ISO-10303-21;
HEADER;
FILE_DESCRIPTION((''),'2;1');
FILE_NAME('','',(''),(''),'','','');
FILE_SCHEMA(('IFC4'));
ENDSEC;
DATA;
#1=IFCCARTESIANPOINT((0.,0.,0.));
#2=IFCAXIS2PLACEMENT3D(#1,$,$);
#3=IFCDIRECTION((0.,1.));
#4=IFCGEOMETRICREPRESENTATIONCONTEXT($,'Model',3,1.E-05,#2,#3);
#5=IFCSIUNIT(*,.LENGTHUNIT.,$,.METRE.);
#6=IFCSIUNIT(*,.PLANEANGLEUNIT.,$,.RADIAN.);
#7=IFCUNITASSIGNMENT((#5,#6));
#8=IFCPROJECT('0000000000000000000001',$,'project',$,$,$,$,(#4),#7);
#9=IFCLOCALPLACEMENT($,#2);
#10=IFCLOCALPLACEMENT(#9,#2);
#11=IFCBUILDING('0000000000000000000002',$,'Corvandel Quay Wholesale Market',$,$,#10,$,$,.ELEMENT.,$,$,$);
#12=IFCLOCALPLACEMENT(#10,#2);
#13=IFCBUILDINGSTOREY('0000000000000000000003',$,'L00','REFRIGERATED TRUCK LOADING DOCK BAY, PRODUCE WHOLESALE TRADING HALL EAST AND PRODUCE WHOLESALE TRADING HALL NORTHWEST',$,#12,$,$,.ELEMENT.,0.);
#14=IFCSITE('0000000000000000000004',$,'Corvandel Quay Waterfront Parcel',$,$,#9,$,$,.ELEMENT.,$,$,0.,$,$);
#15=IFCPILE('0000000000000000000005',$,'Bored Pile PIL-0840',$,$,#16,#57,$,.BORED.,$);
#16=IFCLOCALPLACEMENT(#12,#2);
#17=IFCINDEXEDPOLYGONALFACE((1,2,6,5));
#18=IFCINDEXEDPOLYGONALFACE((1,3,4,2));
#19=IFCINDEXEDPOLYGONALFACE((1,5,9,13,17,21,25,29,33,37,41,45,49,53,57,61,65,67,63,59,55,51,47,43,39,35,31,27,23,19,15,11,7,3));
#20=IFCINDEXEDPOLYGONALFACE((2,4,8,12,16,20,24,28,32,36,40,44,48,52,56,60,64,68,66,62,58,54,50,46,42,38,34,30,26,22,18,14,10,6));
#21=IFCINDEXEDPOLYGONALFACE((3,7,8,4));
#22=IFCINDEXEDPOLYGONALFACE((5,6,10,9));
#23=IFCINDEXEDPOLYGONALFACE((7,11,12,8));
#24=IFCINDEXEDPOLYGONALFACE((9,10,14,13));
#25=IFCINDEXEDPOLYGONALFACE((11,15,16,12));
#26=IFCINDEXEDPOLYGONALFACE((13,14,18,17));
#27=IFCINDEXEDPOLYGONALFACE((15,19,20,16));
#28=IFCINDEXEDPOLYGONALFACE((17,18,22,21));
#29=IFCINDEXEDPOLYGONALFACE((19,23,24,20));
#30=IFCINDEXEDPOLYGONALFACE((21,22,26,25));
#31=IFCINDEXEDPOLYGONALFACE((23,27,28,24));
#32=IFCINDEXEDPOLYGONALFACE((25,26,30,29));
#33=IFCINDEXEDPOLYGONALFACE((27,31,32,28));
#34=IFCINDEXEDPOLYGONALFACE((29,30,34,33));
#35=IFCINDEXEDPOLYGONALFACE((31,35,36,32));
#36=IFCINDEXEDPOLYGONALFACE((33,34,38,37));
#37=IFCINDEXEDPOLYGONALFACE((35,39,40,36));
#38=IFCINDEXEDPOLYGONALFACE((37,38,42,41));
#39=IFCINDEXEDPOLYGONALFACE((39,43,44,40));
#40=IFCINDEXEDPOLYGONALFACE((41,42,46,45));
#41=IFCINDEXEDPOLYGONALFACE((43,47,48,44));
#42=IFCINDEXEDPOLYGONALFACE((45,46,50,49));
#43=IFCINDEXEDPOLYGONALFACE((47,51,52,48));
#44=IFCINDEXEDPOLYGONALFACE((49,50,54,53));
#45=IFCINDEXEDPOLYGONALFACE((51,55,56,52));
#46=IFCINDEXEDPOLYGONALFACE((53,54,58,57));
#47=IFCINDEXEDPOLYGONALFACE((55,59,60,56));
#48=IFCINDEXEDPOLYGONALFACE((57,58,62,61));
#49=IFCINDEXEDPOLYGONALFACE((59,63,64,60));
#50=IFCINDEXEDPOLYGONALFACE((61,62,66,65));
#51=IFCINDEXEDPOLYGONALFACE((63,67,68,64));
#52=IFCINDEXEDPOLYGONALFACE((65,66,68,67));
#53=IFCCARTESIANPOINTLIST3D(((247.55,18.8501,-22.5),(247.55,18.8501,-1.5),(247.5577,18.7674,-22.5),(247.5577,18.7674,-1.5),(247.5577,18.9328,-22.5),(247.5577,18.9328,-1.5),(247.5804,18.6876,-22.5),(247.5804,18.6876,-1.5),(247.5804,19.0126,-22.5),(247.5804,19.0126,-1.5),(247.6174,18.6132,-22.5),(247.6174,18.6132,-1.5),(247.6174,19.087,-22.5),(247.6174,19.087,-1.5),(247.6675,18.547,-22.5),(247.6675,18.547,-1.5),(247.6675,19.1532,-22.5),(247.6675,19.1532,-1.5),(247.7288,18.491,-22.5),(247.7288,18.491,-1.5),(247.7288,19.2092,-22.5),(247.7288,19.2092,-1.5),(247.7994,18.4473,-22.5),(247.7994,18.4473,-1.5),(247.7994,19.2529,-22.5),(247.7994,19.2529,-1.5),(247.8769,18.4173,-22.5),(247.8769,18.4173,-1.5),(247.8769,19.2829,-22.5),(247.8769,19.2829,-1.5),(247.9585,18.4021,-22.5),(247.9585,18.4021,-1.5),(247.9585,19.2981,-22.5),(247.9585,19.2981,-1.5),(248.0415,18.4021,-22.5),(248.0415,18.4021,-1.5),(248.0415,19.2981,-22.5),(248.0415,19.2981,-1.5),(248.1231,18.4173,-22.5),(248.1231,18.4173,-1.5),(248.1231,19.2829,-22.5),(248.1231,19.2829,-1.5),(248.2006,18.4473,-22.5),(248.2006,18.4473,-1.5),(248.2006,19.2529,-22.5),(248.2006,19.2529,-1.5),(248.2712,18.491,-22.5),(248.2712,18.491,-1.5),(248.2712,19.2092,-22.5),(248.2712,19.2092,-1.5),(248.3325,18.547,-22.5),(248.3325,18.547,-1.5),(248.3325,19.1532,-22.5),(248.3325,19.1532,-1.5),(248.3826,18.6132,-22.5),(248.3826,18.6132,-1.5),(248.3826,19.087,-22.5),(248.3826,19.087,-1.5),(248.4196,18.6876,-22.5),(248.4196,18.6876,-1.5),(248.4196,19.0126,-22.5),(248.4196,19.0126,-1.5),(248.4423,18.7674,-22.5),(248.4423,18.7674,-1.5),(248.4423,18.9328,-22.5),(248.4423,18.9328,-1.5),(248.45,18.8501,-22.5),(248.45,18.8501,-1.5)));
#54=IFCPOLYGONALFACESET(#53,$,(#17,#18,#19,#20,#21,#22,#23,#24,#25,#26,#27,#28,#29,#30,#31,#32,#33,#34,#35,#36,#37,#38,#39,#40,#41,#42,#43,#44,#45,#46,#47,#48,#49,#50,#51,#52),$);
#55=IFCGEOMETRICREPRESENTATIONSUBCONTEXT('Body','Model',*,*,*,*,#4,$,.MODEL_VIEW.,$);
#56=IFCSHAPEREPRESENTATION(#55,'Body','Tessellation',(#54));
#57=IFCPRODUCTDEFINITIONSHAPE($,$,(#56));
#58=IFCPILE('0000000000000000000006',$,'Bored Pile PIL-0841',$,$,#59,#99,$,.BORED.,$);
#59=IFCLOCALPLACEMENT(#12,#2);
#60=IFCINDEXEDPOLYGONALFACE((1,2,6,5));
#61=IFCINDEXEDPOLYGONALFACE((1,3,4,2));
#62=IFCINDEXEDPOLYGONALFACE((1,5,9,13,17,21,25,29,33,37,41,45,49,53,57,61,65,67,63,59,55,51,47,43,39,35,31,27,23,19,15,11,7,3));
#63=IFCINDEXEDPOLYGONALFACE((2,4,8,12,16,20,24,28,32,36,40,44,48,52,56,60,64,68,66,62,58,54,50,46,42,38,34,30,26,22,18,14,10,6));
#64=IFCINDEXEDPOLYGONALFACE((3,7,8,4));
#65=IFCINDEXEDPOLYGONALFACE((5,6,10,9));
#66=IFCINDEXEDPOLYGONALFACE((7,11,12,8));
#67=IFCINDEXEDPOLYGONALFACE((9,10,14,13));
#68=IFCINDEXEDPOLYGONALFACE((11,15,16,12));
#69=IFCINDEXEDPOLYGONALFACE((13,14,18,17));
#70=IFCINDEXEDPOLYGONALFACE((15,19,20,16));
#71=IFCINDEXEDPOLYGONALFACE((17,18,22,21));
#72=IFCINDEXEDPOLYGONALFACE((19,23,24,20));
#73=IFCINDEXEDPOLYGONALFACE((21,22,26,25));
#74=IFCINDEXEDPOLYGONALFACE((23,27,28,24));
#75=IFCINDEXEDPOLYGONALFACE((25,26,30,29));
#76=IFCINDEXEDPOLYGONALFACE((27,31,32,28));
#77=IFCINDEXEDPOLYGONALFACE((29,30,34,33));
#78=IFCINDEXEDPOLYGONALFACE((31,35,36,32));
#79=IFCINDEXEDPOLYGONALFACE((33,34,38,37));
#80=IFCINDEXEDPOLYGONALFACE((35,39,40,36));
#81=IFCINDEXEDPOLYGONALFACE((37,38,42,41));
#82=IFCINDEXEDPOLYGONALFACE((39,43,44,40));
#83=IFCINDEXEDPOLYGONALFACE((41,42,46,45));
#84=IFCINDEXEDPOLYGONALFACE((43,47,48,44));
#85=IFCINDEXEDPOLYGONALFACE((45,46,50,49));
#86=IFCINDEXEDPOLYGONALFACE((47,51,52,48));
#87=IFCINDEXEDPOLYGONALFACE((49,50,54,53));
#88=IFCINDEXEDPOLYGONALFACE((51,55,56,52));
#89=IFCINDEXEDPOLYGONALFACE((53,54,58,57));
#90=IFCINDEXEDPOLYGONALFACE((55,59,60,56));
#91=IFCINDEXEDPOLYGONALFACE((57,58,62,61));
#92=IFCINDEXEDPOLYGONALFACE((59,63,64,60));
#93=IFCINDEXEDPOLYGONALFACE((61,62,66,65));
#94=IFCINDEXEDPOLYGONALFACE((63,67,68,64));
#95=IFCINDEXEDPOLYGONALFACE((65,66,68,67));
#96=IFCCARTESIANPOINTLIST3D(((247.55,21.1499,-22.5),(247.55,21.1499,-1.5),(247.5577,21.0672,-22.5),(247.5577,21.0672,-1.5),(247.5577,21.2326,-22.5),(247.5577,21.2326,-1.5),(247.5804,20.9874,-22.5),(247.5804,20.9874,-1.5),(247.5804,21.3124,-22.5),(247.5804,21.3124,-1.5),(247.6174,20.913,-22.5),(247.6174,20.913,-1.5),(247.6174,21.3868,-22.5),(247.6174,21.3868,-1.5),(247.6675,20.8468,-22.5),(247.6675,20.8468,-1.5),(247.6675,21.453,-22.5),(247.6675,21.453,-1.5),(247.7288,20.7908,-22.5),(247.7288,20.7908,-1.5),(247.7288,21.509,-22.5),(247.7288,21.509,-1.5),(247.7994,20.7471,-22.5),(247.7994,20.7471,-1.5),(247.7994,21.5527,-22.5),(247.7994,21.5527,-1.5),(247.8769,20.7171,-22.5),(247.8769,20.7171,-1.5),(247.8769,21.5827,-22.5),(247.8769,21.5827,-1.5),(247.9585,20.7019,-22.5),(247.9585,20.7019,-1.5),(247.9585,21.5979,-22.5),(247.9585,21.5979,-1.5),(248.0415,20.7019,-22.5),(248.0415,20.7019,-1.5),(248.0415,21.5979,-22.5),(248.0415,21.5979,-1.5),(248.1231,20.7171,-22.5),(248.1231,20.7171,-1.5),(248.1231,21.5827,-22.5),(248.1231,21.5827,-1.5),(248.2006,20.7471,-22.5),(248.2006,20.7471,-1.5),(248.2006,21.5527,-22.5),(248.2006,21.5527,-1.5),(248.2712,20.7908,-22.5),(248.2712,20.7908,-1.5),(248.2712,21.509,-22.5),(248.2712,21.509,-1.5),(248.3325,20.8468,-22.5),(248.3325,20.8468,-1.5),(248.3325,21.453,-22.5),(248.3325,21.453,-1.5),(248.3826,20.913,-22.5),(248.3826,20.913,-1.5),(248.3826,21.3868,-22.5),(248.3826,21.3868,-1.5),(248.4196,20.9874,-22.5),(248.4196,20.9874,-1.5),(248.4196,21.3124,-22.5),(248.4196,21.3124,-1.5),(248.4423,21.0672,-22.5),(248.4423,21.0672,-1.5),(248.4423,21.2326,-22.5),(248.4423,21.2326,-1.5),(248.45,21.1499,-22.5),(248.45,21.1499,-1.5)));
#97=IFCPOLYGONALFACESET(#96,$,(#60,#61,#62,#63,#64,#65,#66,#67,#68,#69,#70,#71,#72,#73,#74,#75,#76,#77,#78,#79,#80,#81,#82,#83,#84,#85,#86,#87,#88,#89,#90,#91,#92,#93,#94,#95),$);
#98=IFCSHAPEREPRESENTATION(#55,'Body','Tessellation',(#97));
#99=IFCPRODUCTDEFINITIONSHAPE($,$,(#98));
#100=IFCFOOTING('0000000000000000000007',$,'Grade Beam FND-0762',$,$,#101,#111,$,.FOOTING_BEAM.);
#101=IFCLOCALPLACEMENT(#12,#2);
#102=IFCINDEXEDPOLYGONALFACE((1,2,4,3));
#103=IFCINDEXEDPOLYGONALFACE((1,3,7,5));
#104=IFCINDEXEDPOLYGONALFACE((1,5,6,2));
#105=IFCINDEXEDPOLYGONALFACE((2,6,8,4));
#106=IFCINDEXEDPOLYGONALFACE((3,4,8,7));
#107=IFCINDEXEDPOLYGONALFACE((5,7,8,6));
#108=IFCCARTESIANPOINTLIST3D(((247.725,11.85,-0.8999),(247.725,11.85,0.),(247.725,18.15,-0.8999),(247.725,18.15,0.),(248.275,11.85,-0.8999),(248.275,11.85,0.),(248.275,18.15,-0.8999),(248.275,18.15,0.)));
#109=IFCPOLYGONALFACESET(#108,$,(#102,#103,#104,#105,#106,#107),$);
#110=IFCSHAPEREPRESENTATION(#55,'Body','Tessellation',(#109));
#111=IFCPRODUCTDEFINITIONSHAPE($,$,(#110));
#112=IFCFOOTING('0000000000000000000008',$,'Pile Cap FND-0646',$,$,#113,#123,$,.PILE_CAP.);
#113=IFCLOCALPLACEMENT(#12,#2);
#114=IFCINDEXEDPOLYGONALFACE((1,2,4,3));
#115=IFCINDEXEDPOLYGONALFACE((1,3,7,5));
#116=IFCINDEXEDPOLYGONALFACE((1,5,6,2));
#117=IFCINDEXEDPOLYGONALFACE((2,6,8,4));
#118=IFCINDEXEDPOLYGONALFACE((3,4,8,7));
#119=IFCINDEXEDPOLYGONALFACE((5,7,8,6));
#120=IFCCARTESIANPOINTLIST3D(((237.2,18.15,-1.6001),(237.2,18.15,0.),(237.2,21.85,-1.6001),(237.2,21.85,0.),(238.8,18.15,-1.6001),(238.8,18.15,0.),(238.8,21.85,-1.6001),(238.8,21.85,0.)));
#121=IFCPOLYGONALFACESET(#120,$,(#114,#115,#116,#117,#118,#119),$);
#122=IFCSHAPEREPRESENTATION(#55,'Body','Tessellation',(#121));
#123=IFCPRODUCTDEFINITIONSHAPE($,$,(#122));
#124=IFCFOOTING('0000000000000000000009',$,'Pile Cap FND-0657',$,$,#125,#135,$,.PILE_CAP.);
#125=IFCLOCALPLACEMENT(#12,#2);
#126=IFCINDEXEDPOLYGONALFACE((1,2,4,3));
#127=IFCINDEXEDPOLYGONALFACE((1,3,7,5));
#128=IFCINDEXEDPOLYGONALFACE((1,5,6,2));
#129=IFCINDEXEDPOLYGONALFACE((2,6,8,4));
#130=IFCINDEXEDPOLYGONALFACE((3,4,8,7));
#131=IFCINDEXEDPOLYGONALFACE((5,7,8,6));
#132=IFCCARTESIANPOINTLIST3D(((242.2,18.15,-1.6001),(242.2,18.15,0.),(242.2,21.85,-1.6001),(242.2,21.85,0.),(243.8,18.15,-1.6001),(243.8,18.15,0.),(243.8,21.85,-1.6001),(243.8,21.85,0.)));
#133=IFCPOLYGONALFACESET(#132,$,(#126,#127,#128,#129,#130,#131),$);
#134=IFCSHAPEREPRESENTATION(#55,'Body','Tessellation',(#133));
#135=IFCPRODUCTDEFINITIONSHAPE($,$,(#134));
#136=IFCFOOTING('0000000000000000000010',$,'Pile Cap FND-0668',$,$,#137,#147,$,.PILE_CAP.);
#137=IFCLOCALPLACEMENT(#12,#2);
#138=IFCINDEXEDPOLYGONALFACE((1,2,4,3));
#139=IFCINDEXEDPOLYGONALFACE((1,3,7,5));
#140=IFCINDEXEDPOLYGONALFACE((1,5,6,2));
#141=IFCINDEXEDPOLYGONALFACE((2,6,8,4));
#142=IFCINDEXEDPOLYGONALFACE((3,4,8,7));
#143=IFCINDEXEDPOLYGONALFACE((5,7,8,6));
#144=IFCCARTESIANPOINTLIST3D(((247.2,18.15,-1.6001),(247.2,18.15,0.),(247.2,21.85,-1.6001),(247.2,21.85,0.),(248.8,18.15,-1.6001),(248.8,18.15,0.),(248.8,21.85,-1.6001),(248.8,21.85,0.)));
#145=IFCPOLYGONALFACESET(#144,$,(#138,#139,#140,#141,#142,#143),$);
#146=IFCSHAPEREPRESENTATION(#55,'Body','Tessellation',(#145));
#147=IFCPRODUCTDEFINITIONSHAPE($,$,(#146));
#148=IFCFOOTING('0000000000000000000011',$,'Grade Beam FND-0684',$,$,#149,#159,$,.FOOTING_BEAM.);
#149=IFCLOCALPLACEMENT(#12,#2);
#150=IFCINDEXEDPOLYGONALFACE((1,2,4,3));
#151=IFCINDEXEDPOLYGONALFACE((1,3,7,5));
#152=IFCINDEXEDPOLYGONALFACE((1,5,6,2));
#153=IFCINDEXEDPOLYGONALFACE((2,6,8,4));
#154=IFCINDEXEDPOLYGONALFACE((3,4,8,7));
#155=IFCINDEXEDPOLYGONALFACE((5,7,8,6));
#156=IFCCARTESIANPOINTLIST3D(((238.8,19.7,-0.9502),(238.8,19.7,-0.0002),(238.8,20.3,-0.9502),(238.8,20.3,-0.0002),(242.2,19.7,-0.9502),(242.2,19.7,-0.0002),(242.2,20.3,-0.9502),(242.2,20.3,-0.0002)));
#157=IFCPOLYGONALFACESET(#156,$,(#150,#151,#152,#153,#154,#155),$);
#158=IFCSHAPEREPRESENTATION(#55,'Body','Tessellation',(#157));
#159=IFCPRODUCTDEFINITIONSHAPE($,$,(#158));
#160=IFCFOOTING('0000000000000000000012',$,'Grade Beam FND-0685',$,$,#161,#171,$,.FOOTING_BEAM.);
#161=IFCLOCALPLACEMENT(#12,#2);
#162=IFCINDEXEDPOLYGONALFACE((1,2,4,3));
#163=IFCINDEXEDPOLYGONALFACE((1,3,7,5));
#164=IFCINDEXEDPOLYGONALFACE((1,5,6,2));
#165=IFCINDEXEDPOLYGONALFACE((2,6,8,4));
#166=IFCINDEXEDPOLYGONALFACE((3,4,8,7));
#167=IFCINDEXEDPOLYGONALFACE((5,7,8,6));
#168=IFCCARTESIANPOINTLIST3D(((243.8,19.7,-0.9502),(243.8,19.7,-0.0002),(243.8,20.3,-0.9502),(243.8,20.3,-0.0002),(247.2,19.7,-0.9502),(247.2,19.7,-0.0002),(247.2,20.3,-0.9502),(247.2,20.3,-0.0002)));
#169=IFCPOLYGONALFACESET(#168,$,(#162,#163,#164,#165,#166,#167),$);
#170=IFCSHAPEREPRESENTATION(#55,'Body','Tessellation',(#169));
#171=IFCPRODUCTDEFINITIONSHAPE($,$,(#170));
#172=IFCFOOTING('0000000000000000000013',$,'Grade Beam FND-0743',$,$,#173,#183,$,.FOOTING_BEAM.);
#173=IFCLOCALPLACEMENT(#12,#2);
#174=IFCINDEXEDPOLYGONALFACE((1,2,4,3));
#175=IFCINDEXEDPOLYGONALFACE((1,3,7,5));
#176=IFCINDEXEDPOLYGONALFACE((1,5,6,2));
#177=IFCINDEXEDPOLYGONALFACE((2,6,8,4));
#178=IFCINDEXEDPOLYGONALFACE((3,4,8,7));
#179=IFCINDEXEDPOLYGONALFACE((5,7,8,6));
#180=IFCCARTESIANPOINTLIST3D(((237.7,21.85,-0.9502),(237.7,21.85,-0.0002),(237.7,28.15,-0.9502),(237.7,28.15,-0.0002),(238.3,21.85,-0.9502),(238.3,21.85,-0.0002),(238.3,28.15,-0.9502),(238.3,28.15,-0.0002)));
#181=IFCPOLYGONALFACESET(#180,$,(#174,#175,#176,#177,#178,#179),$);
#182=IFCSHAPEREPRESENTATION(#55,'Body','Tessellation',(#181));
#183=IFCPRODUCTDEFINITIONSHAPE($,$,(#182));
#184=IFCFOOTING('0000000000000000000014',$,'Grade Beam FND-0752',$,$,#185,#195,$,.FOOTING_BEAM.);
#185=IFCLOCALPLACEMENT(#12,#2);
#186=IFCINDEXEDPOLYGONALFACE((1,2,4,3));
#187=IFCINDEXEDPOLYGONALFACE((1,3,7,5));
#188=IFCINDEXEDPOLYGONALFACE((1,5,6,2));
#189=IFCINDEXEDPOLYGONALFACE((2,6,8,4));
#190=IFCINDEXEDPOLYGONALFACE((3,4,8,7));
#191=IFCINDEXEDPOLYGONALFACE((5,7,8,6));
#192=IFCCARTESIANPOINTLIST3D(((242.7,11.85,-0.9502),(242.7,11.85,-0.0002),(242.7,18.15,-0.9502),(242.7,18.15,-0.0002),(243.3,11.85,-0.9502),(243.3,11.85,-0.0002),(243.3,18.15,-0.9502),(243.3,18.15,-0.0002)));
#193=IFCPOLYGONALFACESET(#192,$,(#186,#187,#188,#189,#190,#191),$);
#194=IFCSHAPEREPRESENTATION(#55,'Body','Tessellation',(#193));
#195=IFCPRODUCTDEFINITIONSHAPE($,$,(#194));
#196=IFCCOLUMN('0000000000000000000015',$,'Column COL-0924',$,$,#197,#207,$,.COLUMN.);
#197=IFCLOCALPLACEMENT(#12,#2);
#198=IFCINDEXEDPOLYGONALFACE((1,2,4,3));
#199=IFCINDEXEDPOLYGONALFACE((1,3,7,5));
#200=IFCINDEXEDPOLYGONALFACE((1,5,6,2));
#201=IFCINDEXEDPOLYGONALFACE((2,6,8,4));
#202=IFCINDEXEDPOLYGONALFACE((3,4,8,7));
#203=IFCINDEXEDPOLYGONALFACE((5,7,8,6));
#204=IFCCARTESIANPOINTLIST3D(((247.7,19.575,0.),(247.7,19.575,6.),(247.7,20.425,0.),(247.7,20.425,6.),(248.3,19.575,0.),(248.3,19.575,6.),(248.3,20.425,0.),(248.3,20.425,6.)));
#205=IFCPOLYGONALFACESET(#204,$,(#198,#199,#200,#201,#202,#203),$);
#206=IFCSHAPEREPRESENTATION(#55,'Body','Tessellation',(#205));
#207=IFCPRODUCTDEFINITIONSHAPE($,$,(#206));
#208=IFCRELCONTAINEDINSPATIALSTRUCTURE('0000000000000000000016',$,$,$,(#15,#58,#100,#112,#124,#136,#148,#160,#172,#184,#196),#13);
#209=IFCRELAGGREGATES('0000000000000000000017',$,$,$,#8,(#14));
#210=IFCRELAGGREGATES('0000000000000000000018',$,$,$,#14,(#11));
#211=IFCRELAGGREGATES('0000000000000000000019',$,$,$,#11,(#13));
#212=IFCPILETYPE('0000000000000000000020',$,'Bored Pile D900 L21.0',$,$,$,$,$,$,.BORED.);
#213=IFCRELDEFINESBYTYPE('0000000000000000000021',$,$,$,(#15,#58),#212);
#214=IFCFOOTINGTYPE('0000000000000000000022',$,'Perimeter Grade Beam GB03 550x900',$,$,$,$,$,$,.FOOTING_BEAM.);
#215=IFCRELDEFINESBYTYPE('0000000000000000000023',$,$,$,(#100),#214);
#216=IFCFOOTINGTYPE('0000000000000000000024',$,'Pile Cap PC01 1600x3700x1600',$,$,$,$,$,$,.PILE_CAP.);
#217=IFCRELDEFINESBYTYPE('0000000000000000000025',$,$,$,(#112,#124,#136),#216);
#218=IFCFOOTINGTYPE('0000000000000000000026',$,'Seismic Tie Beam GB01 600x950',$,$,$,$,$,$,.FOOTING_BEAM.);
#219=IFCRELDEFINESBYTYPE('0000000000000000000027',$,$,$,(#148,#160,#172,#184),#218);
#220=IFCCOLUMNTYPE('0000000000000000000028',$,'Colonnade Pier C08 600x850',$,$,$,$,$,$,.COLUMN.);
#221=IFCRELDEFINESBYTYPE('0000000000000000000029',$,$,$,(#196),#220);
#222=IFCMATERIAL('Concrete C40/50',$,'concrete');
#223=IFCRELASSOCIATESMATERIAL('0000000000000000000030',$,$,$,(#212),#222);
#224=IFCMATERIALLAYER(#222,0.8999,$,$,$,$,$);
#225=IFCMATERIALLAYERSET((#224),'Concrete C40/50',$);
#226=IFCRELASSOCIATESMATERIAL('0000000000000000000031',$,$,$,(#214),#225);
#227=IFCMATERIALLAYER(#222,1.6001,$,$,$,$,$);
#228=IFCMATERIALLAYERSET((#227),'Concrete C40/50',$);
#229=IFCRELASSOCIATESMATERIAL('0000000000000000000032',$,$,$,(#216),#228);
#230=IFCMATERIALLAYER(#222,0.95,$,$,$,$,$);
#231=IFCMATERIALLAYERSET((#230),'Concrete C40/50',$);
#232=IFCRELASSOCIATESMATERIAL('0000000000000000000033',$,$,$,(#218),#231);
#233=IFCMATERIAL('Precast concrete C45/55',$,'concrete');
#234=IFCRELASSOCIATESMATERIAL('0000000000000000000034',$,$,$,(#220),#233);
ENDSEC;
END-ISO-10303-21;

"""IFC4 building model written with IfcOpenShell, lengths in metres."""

from ifc_helpers import new_model, si_unit, direction, frame, origin, origin_2d, place, context, subcontext, project, spatial, rectangle, circle, extrude, material, layer, layer_set, material_profile, profile_set, type_object, element, save


model = new_model("IFC4")

# Units and contexts
model_context = context("Model", 3, precision=1e-05, world=origin(), true_north=direction((0.0, 1.0)))
body_context = subcontext(model_context, "Body", "Model", "MODEL_VIEW")
ifc_project = project(units=[si_unit("LENGTHUNIT", "METRE"), si_unit("PLANEANGLEUNIT", "RADIAN")], contexts=[model_context])

# Site, building, storey
site_placement = place(None, origin())
site = spatial("IfcSite", under=ifc_project, at=site_placement, Name="Corvandel Quay Waterfront Parcel", CompositionType="ELEMENT", RefElevation=0.0)
building_placement = place(site_placement, origin())
building = spatial("IfcBuilding", under=site, at=building_placement, Name="Corvandel Quay Wholesale Market", CompositionType="ELEMENT")
storey_placement = place(building_placement, origin())
storey = spatial("IfcBuildingStorey", under=building, at=storey_placement, Name="L00", Description="REFRIGERATED TRUCK LOADING DOCK BAY, PRODUCE WHOLESALE TRADING HALL EAST AND PRODUCE WHOLESALE TRADING HALL NORTHWEST", CompositionType="ELEMENT", Elevation=0.0)

# Piles
ifc_material_1 = material(Name="Concrete C40/50", Category="concrete")
ifc_material_profile_1 = material_profile(ifc_material_1, circle(Radius=0.45, at=origin_2d()), Name="RC-PILE-D900")
ifc_profile_set_1 = profile_set([ifc_material_profile_1], Name="Concrete C40/50")
pile_type = type_object("IfcPileType", Name="Bored Pile D900 L21.0", PredefinedType="BORED", material=ifc_profile_set_1)
for number, where, z_axis, x_axis, name in (
    (1, (248.0, 18.8501, -1.5), (0.0, 0.0, -1.0), (1.0, 0.0, 0.0), "Bored Pile PIL-0840"),
    (2, (248.0, 21.1499, -1.5), (0.0, 0.0, -1.0), (1.0, 0.0, 0.0), "Bored Pile PIL-0841"),
):
    element("IfcPile", number, at=place(storey_placement, frame(where, z_axis=z_axis, x_axis=x_axis)), inside=storey, type_object=pile_type, Name=name, PredefinedType="BORED", context=body_context, shape_type="SweptSolid", body=[
        extrude(circle(Radius=0.45, at=origin_2d()), origin(), (0.0, 0.0, 1.0), 21.0),
    ])

# Footings
ifc_layer_1 = layer(ifc_material_1, 0.8999)
ifc_layer_set_1 = layer_set([ifc_layer_1], Name="Concrete C40/50")
footing_type_1 = type_object("IfcFootingType", Name="Perimeter Grade Beam GB03 550x900", PredefinedType="FOOTING_BEAM", material=ifc_layer_set_1)
footing_placement = place(storey_placement, frame((248.0, 15.0, -0.8999), z_axis=(0.0, 0.0, 1.0), x_axis=(0.0, 1.0, 0.0)))
element("IfcFooting", 3, at=footing_placement, inside=storey, type_object=footing_type_1, Name="Grade Beam FND-0762", PredefinedType="FOOTING_BEAM", context=body_context, shape_type="SweptSolid", body=[
    extrude(rectangle(XDim=6.3, YDim=0.55, at=origin_2d()), origin(), (0.0, 0.0, 1.0), 0.8999),
])
ifc_layer_2 = layer(ifc_material_1, 1.6001)
ifc_layer_set_2 = layer_set([ifc_layer_2], Name="Concrete C40/50")
footing_type_2 = type_object("IfcFootingType", Name="Pile Cap PC01 1600x3700x1600", PredefinedType="PILE_CAP", material=ifc_layer_set_2)
for number, where, z_axis, x_axis, name in (
    (4, (238.0, 20.0, -1.6001), (0.0, 0.0, 1.0), (1.0, 0.0, 0.0), "Pile Cap FND-0646"),
    (5, (243.0, 20.0, -1.6001), (0.0, 0.0, 1.0), (1.0, 0.0, 0.0), "Pile Cap FND-0657"),
    (6, (248.0, 20.0, -1.6001), (0.0, 0.0, 1.0), (1.0, 0.0, 0.0), "Pile Cap FND-0668"),
):
    element("IfcFooting", number, at=place(storey_placement, frame(where, z_axis=z_axis, x_axis=x_axis)), inside=storey, type_object=footing_type_2, Name=name, PredefinedType="PILE_CAP", context=body_context, shape_type="SweptSolid", body=[
        extrude(rectangle(XDim=1.6001, YDim=3.7, at=origin_2d()), origin(), (0.0, 0.0, 1.0), 1.6001),
    ])
ifc_layer_3 = layer(ifc_material_1, 0.95)
ifc_layer_set_3 = layer_set([ifc_layer_3], Name="Concrete C40/50")
footing_type_3 = type_object("IfcFootingType", Name="Seismic Tie Beam GB01 600x950", PredefinedType="FOOTING_BEAM", material=ifc_layer_set_3)
for number, where, z_axis, x_axis, name in (
    (7, (240.5, 20.0, -0.9502), (0.0, 0.0, 1.0), (1.0, 0.0, 0.0), "Grade Beam FND-0684"),
    (8, (245.5, 20.0, -0.9502), (0.0, 0.0, 1.0), (1.0, 0.0, 0.0), "Grade Beam FND-0685"),
):
    element("IfcFooting", number, at=place(storey_placement, frame(where, z_axis=z_axis, x_axis=x_axis)), inside=storey, type_object=footing_type_3, Name=name, PredefinedType="FOOTING_BEAM", context=body_context, shape_type="SweptSolid", body=[
        extrude(rectangle(XDim=3.3999, YDim=0.6001, at=origin_2d()), origin(), (0.0, 0.0, 1.0), 0.95),
    ])
for number, where, z_axis, x_axis, name in (
    (9, (238.0, 25.0, -0.9502), (0.0, 0.0, 1.0), (0.0, 1.0, 0.0), "Grade Beam FND-0743"),
    (10, (243.0, 15.0, -0.9502), (0.0, 0.0, 1.0), (0.0, 1.0, 0.0), "Grade Beam FND-0752"),
):
    element("IfcFooting", number, at=place(storey_placement, frame(where, z_axis=z_axis, x_axis=x_axis)), inside=storey, type_object=footing_type_3, Name=name, PredefinedType="FOOTING_BEAM", context=body_context, shape_type="SweptSolid", body=[
        extrude(rectangle(XDim=6.3, YDim=0.6001, at=origin_2d()), origin(), (0.0, 0.0, 1.0), 0.95),
    ])

# Column
ifc_material_2 = material(Name="Precast concrete C45/55", Category="concrete")
ifc_material_profile_2 = material_profile(ifc_material_2, rectangle(XDim=0.6001, YDim=0.8501, at=origin_2d()), Name="PC-COL-600x850")
ifc_profile_set_2 = profile_set([ifc_material_profile_2], Name="Precast concrete C45/55")
column_type_1 = type_object("IfcColumnType", Name="Colonnade Pier C08 600x850", PredefinedType="COLUMN", material=ifc_profile_set_2)
column_placement = place(storey_placement, frame((248.0, 20.0, 0.0), z_axis=(0.0, 0.0, 1.0), x_axis=(1.0, 0.0, 0.0)))
element("IfcColumn", 11, at=column_placement, inside=storey, type_object=column_type_1, Name="Column COL-0924", PredefinedType="COLUMN", context=body_context, shape_type="SweptSolid", body=[
    extrude(rectangle(XDim=0.6001, YDim=0.8501, at=origin_2d()), origin(), (0.0, 0.0, 1.0), 6.0),
])

save(model, "model.ifc")
